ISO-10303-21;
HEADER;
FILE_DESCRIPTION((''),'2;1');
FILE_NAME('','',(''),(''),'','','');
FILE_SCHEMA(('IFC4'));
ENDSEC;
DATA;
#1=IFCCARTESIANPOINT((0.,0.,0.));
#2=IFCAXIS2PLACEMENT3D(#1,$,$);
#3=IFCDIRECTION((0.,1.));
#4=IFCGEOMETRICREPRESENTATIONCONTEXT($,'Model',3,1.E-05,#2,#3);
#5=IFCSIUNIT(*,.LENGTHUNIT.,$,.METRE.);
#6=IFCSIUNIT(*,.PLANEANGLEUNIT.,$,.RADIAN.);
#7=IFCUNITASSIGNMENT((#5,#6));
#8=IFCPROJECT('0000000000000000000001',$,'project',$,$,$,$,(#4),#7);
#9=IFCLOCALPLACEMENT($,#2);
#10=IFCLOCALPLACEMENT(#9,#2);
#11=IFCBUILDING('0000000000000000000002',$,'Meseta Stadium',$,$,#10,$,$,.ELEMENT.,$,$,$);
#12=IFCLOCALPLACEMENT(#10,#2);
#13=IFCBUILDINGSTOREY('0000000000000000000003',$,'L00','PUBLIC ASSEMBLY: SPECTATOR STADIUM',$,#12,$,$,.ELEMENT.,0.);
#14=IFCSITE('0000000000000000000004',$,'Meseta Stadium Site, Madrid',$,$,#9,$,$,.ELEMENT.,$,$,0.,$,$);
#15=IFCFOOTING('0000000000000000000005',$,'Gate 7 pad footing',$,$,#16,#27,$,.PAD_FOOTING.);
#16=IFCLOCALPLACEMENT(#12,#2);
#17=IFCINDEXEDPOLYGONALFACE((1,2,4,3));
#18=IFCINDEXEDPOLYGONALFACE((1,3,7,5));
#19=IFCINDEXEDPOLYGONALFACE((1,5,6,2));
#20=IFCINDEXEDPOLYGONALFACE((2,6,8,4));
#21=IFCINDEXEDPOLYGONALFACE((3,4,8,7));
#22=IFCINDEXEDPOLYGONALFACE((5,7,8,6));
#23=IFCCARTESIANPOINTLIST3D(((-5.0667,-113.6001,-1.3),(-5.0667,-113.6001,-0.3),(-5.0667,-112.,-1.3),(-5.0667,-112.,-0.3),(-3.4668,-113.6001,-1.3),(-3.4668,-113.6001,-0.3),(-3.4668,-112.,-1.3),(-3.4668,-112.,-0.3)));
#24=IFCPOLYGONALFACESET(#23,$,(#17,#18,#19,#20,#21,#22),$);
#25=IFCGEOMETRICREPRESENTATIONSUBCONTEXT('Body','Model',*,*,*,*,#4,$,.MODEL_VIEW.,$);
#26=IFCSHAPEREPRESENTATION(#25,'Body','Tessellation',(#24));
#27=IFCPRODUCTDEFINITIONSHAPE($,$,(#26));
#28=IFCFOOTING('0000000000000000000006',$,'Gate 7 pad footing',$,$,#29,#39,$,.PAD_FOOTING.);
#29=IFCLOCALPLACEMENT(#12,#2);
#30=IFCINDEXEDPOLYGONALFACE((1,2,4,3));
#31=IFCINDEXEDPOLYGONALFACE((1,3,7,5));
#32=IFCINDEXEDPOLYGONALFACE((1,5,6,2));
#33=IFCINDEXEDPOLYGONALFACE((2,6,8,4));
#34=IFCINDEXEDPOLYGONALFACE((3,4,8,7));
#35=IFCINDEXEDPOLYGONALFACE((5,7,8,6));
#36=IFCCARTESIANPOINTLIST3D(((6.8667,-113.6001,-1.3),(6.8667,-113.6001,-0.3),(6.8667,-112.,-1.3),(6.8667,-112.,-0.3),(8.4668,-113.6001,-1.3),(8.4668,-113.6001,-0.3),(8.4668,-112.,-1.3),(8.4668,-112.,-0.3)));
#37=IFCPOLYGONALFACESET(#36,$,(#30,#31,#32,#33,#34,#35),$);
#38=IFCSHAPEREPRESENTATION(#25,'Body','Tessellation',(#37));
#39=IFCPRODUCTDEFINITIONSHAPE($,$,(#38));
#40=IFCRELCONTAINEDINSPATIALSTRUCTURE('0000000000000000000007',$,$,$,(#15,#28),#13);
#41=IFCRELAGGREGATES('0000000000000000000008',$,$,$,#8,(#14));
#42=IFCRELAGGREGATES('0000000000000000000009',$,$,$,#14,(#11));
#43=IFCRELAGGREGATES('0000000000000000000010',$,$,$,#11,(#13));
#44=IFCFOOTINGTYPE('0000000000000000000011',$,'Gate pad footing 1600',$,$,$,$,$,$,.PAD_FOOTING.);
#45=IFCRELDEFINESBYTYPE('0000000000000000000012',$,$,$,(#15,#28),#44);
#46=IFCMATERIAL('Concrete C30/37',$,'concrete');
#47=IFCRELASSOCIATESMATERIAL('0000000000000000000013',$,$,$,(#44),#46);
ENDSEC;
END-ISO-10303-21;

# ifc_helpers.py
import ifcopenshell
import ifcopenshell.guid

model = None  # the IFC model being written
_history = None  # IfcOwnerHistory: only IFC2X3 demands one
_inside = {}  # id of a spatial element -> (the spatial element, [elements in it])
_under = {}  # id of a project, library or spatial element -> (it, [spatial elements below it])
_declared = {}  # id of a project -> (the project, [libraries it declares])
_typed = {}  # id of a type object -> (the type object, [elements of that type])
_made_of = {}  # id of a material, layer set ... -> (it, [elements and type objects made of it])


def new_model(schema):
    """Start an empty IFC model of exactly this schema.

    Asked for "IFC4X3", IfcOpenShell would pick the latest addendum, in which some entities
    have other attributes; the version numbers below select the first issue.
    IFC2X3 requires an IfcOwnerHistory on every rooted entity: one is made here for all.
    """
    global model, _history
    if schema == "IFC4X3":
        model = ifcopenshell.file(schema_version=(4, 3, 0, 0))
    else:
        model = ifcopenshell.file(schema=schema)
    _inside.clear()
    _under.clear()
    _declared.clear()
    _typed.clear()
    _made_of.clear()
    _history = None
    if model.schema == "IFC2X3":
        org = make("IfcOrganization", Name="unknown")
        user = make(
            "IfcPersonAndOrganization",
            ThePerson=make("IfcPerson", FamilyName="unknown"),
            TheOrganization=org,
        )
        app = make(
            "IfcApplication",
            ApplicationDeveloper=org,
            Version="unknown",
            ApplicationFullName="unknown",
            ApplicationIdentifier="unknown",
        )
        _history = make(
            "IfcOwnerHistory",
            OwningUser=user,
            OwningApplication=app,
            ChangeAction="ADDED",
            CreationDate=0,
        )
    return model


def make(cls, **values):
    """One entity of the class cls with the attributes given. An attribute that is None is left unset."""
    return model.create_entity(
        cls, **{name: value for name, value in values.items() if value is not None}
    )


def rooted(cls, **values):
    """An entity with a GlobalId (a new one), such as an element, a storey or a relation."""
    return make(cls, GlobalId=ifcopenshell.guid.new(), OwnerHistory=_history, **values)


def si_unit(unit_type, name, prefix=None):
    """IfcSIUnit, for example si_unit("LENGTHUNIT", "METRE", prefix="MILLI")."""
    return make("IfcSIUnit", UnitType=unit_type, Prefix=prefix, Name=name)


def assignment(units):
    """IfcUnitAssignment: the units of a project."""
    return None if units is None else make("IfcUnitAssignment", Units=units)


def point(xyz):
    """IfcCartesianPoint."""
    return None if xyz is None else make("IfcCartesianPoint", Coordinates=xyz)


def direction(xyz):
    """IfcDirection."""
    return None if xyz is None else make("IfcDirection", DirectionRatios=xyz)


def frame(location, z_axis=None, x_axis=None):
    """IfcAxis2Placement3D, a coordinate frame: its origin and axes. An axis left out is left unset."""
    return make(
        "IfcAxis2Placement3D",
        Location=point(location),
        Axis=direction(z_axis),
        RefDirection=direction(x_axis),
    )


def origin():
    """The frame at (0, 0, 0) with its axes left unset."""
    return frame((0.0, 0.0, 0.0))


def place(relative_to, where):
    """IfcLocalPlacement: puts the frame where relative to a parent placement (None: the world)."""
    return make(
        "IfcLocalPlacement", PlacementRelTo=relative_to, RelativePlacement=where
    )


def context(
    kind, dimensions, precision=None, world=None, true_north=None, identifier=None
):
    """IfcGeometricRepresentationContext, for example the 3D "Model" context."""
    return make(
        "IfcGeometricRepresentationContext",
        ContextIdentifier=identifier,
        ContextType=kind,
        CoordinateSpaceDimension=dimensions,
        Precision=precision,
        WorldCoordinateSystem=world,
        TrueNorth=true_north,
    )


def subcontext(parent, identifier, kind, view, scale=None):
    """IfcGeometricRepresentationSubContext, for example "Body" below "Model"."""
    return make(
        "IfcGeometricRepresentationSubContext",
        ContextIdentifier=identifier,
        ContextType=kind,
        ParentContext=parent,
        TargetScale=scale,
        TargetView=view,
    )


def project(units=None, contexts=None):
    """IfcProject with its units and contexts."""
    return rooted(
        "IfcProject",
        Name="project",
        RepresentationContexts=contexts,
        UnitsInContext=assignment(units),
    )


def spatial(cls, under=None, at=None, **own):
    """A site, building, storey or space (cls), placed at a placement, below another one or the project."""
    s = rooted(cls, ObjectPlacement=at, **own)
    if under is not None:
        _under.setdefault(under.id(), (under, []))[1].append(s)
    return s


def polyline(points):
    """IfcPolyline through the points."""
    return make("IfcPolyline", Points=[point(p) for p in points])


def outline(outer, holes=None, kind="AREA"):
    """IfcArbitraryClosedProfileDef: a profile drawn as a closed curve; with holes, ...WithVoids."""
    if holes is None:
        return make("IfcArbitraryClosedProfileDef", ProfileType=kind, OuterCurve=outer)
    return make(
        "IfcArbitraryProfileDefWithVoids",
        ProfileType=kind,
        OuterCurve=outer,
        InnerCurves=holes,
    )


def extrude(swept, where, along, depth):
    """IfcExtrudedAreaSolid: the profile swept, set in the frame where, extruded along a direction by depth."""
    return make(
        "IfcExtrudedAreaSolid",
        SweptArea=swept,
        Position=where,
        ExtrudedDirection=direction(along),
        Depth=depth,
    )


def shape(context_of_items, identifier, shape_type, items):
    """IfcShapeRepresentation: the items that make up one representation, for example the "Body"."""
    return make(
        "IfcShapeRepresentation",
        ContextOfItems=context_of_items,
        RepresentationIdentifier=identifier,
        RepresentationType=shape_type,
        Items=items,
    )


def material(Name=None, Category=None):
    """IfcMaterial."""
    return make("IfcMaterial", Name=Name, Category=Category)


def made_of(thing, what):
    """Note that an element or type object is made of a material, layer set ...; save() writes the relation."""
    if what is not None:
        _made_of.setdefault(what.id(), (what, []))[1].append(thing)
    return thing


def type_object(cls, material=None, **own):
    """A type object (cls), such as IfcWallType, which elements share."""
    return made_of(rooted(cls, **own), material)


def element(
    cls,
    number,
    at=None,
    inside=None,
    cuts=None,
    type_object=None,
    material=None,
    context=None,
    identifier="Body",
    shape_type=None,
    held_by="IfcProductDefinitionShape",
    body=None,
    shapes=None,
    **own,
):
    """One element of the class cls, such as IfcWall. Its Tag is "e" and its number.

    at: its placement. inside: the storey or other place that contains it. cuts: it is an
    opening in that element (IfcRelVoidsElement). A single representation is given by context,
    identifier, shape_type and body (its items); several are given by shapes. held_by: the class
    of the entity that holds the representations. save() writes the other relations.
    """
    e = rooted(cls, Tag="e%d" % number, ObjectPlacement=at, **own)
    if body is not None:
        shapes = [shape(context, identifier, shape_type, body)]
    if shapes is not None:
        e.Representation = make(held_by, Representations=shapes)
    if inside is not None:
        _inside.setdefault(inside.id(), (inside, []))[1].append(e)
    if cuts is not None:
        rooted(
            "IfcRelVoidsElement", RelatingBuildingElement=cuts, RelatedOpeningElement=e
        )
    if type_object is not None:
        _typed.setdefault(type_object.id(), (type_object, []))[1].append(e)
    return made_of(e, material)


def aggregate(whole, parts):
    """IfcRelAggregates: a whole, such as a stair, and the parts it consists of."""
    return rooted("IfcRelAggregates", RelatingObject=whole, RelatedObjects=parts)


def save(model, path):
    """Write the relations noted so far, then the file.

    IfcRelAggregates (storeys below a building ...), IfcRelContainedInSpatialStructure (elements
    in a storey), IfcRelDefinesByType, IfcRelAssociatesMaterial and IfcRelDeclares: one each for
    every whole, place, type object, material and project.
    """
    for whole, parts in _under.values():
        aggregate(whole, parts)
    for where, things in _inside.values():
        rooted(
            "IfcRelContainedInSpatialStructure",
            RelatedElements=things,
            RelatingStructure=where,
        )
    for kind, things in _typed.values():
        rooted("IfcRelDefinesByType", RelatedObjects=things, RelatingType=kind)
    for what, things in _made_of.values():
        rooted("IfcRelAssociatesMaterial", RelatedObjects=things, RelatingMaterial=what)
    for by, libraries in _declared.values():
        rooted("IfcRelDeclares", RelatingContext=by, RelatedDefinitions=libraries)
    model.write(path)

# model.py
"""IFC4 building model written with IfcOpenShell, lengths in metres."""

from ifc_helpers import new_model, si_unit, direction, frame, origin, place, context, subcontext, project, spatial, polyline, outline, extrude, material, type_object, element, save


model = new_model("IFC4")

# Units and contexts
model_context = context("Model", 3, precision=1e-05, world=origin(), true_north=direction((0.0, 1.0)))
body_context = subcontext(model_context, "Body", "Model", "MODEL_VIEW")
ifc_project = project(units=[si_unit("LENGTHUNIT", "METRE"), si_unit("PLANEANGLEUNIT", "RADIAN")], contexts=[model_context])

# Site, building, storey
site_placement = place(None, origin())
site = spatial("IfcSite", under=ifc_project, at=site_placement, Name="Meseta Stadium Site, Madrid", CompositionType="ELEMENT", RefElevation=0.0)
building_placement = place(site_placement, origin())
building = spatial("IfcBuilding", under=site, at=building_placement, Name="Meseta Stadium", CompositionType="ELEMENT")
storey_placement = place(building_placement, origin())
storey = spatial("IfcBuildingStorey", under=building, at=storey_placement, Name="L00", Description="PUBLIC ASSEMBLY: SPECTATOR STADIUM", CompositionType="ELEMENT", Elevation=0.0)

# Footings
ifc_material_1 = material(Name="Concrete C30/37", Category="concrete")
footing_type_1 = type_object("IfcFootingType", Name="Gate pad footing 1600", PredefinedType="PAD_FOOTING", material=ifc_material_1)
footing_1_placement = place(storey_placement, frame((0.0, 0.0, -1.3)))
element("IfcFooting", 1, at=footing_1_placement, inside=storey, type_object=footing_type_1, Name="Gate 7 pad footing", PredefinedType="PAD_FOOTING", context=body_context, shape_type="SweptSolid", body=[
    extrude(outline(polyline([(-3.4668, -113.6001), (-3.4668, -112.0), (-5.0667, -112.0), (-5.0667, -113.6001), (-3.4668, -113.6001)])), origin(), (0.0, 0.0, 1.0), 1.0),
])
footing_2_placement = place(storey_placement, frame((0.0, 0.0, -1.3)))
element("IfcFooting", 2, at=footing_2_placement, inside=storey, type_object=footing_type_1, Name="Gate 7 pad footing", PredefinedType="PAD_FOOTING", context=body_context, shape_type="SweptSolid", body=[
    extrude(outline(polyline([(8.4668, -113.6001), (8.4668, -112.0), (6.8667, -112.0), (6.8667, -113.6001), (8.4668, -113.6001)])), origin(), (0.0, 0.0, 1.0), 1.0),
])

save(model, "model.ifc")
